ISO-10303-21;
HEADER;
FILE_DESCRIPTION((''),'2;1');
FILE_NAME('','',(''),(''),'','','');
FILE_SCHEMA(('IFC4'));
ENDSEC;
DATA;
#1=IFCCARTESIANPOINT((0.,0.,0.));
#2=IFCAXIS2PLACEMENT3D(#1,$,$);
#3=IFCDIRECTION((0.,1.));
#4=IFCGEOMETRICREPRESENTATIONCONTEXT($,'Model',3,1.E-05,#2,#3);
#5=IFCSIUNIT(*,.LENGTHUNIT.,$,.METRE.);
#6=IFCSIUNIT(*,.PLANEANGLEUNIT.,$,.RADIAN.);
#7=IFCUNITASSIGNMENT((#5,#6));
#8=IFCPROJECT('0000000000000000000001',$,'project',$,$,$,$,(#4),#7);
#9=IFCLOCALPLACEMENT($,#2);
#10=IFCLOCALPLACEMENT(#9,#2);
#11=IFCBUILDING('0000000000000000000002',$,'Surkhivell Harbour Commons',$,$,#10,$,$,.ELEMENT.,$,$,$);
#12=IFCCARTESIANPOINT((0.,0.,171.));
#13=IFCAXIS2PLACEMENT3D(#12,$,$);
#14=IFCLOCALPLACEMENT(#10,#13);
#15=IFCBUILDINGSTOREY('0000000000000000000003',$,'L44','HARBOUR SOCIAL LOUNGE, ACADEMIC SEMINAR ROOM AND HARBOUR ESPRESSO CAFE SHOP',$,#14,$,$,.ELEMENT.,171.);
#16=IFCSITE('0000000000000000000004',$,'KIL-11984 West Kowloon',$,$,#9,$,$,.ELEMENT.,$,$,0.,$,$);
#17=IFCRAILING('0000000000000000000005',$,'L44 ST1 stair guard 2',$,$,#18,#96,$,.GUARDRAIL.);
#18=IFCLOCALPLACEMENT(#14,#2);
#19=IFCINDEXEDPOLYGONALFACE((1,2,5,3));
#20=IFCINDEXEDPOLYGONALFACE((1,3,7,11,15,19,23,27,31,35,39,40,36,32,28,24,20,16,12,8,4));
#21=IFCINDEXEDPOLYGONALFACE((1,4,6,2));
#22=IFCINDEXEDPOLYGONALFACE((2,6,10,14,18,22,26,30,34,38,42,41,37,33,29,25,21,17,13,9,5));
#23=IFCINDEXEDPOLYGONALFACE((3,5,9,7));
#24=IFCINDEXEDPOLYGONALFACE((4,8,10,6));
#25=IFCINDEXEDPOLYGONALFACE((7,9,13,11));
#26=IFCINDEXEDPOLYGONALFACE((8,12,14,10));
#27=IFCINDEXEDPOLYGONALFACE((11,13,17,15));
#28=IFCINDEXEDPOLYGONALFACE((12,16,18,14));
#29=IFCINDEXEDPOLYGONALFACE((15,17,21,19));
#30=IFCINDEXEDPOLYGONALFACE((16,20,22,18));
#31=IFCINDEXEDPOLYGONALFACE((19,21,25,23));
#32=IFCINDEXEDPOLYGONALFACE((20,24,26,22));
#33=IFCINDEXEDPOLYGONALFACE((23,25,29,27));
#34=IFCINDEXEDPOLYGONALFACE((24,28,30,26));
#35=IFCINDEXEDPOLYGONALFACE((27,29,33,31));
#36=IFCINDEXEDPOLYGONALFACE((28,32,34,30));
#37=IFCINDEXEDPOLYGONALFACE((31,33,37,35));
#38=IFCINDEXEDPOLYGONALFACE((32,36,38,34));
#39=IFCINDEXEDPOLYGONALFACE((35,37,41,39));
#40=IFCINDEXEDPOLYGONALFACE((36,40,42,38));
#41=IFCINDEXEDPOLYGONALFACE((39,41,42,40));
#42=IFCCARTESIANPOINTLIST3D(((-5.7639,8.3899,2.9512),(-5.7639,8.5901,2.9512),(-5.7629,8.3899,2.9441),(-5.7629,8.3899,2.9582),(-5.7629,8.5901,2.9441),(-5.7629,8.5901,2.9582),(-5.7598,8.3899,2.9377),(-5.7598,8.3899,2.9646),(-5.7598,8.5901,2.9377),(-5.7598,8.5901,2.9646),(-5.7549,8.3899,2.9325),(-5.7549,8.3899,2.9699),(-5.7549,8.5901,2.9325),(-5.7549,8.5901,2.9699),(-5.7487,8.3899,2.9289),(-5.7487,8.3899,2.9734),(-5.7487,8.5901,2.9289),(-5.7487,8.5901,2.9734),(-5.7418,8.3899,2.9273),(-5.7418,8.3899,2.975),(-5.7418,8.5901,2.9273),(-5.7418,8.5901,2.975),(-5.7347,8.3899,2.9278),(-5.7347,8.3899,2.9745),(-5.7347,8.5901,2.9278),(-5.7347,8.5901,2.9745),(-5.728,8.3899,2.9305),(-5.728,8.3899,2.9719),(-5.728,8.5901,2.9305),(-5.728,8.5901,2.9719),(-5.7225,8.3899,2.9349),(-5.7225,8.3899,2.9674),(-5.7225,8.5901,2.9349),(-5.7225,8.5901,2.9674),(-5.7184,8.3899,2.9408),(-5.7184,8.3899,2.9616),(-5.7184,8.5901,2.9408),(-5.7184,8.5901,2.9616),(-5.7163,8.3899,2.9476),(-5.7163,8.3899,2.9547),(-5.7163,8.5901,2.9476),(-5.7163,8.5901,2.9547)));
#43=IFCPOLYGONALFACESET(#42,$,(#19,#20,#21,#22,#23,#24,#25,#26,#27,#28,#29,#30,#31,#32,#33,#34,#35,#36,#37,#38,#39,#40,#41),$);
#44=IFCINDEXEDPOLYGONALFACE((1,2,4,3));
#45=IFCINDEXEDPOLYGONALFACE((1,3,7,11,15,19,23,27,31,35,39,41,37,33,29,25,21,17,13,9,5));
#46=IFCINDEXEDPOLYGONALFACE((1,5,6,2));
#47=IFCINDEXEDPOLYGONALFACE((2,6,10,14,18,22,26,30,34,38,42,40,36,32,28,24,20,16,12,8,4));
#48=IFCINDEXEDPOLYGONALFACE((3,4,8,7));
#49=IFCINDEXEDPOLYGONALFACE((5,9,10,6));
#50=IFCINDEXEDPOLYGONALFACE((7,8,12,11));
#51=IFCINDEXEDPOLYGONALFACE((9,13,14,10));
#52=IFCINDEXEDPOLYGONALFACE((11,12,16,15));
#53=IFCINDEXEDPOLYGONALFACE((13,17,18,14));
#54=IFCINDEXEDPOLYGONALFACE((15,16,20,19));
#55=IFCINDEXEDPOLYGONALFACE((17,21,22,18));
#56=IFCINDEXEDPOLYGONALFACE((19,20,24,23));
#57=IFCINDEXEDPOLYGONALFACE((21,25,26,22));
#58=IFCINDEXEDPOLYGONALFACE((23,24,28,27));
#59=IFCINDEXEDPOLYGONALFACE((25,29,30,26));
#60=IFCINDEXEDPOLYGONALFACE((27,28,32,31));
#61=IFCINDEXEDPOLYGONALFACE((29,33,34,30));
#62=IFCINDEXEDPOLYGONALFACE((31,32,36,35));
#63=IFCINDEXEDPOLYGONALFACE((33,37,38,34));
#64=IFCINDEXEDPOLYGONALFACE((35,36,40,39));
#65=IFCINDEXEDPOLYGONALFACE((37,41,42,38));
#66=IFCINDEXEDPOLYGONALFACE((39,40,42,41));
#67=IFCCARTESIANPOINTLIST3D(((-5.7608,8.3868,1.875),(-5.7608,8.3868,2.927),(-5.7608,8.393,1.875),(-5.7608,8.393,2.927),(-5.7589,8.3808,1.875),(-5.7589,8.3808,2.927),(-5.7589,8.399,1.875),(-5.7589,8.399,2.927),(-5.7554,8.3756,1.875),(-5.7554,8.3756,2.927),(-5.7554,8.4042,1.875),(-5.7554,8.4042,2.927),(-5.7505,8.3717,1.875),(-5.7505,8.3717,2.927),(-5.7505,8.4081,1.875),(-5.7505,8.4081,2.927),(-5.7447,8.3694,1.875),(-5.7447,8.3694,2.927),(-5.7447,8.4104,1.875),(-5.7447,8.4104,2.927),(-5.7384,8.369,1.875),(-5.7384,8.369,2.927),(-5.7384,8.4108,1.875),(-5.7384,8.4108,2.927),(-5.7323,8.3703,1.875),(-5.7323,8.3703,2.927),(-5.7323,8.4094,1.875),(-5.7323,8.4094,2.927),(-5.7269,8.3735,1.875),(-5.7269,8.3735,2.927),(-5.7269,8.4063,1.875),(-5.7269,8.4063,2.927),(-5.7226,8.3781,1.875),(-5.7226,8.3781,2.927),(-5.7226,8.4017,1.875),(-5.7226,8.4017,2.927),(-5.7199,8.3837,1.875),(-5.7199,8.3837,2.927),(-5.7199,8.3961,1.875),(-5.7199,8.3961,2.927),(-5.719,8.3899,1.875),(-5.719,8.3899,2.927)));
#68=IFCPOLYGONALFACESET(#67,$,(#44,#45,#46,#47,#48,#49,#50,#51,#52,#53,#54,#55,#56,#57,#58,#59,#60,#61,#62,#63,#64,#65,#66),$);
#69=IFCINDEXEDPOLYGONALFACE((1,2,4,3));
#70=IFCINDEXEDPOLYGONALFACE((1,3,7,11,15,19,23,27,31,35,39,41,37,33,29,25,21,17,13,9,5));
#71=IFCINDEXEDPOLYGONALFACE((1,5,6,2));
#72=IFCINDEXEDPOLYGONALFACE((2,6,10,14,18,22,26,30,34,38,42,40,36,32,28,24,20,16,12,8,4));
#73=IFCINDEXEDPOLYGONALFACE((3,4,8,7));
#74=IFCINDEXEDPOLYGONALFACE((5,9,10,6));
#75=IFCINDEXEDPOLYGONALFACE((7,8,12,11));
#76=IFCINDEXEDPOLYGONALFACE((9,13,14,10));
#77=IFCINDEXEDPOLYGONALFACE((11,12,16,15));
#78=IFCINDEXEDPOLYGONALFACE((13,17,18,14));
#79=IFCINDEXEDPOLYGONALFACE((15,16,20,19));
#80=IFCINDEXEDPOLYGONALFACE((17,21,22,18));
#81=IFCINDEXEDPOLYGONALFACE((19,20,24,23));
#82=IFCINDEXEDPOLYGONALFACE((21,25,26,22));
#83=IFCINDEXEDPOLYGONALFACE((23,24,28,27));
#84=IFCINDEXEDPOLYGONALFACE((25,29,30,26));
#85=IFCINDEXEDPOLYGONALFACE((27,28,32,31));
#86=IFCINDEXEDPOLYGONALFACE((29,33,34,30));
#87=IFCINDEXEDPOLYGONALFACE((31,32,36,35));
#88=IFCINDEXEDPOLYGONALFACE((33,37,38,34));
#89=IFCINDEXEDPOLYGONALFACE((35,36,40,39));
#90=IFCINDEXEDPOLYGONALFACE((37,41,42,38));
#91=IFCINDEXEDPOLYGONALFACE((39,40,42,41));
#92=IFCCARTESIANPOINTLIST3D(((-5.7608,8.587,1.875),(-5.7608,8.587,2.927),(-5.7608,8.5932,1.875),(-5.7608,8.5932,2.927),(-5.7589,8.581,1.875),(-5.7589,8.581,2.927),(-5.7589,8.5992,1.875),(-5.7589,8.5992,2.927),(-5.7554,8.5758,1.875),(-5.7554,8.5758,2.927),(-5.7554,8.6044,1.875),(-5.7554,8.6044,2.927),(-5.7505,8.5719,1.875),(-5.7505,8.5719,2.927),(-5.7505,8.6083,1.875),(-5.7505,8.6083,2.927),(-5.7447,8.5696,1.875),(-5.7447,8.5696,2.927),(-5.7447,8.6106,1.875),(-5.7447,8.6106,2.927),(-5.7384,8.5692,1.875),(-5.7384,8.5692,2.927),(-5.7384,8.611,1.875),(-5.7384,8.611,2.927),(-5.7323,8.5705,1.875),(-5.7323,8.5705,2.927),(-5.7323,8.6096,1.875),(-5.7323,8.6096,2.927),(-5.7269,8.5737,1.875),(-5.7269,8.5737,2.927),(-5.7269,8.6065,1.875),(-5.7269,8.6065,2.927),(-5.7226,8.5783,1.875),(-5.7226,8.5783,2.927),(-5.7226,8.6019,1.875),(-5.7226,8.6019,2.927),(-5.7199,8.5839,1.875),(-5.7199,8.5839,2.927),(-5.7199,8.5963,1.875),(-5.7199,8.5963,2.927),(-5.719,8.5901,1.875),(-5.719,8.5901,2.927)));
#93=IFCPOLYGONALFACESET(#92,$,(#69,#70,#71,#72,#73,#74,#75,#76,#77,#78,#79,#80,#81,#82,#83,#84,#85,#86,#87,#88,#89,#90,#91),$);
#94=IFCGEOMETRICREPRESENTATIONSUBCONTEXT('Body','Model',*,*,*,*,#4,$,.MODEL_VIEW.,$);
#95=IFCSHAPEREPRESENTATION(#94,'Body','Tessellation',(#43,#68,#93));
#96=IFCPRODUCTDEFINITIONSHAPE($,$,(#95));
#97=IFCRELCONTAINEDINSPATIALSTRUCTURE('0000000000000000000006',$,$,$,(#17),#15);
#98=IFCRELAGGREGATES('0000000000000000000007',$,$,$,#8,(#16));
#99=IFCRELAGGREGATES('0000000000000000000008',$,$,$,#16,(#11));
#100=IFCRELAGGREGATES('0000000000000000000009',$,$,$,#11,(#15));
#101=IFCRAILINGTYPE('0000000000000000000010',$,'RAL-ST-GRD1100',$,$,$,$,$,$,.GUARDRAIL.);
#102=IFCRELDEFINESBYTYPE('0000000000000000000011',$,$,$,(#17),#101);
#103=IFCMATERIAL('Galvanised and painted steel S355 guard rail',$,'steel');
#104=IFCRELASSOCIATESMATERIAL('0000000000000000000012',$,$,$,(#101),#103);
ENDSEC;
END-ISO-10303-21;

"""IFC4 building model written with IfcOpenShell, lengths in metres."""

from ifc_helpers import new_model, si_unit, direction, frame, origin, origin_2d, place, context, subcontext, project, spatial, circle, extrude, material, type_object, element, save


model = new_model("IFC4")

# Units and contexts
model_context = context("Model", 3, precision=1e-05, world=origin(), true_north=direction((0.0, 1.0)))
body_context = subcontext(model_context, "Body", "Model", "MODEL_VIEW")
ifc_project = project(units=[si_unit("LENGTHUNIT", "METRE"), si_unit("PLANEANGLEUNIT", "RADIAN")], contexts=[model_context])

# Site, building, storey
site_placement = place(None, origin())
site = spatial("IfcSite", under=ifc_project, at=site_placement, Name="KIL-11984 West Kowloon", CompositionType="ELEMENT", RefElevation=0.0)
building_placement = place(site_placement, origin())
building = spatial("IfcBuilding", under=site, at=building_placement, Name="Surkhivell Harbour Commons", CompositionType="ELEMENT")
storey_placement = place(building_placement, frame((0.0, 0.0, 171.0)))
storey = spatial("IfcBuildingStorey", under=building, at=storey_placement, Name="L44", Description="HARBOUR SOCIAL LOUNGE, ACADEMIC SEMINAR ROOM AND HARBOUR ESPRESSO CAFE SHOP", CompositionType="ELEMENT", Elevation=171.0)

# Railing
ifc_material_1 = material(Name="Galvanised and painted steel S355 guard rail", Category="steel")
railing_type_1 = type_object("IfcRailingType", Name="RAL-ST-GRD1100", PredefinedType="GUARDRAIL", material=ifc_material_1)
railing_1_placement = place(storey_placement, frame((-5.74, 8.3899, 1.875)))
element("IfcRailing", 1, at=railing_1_placement, inside=storey, type_object=railing_type_1, Name="L44 ST1 stair guard 2", PredefinedType="GUARDRAIL", context=body_context, shape_type="SweptSolid", body=[
    extrude(circle(Radius=0.0239, at=origin_2d()), frame((0.0, 0.0, 1.0762), z_axis=(0.0, 1.0, 0.0), x_axis=(-1.0, 0.0, 0.0)), (0.0, 0.0, 1.0), 0.2002),
    extrude(circle(Radius=0.021, at=origin_2d()), origin(), (0.0, 0.0, 1.0), 1.052),
    extrude(circle(Radius=0.021, at=origin_2d()), frame((0.0, 0.2002, 0.0)), (0.0, 0.0, 1.0), 1.052),
])

save(model, "model.ifc")
